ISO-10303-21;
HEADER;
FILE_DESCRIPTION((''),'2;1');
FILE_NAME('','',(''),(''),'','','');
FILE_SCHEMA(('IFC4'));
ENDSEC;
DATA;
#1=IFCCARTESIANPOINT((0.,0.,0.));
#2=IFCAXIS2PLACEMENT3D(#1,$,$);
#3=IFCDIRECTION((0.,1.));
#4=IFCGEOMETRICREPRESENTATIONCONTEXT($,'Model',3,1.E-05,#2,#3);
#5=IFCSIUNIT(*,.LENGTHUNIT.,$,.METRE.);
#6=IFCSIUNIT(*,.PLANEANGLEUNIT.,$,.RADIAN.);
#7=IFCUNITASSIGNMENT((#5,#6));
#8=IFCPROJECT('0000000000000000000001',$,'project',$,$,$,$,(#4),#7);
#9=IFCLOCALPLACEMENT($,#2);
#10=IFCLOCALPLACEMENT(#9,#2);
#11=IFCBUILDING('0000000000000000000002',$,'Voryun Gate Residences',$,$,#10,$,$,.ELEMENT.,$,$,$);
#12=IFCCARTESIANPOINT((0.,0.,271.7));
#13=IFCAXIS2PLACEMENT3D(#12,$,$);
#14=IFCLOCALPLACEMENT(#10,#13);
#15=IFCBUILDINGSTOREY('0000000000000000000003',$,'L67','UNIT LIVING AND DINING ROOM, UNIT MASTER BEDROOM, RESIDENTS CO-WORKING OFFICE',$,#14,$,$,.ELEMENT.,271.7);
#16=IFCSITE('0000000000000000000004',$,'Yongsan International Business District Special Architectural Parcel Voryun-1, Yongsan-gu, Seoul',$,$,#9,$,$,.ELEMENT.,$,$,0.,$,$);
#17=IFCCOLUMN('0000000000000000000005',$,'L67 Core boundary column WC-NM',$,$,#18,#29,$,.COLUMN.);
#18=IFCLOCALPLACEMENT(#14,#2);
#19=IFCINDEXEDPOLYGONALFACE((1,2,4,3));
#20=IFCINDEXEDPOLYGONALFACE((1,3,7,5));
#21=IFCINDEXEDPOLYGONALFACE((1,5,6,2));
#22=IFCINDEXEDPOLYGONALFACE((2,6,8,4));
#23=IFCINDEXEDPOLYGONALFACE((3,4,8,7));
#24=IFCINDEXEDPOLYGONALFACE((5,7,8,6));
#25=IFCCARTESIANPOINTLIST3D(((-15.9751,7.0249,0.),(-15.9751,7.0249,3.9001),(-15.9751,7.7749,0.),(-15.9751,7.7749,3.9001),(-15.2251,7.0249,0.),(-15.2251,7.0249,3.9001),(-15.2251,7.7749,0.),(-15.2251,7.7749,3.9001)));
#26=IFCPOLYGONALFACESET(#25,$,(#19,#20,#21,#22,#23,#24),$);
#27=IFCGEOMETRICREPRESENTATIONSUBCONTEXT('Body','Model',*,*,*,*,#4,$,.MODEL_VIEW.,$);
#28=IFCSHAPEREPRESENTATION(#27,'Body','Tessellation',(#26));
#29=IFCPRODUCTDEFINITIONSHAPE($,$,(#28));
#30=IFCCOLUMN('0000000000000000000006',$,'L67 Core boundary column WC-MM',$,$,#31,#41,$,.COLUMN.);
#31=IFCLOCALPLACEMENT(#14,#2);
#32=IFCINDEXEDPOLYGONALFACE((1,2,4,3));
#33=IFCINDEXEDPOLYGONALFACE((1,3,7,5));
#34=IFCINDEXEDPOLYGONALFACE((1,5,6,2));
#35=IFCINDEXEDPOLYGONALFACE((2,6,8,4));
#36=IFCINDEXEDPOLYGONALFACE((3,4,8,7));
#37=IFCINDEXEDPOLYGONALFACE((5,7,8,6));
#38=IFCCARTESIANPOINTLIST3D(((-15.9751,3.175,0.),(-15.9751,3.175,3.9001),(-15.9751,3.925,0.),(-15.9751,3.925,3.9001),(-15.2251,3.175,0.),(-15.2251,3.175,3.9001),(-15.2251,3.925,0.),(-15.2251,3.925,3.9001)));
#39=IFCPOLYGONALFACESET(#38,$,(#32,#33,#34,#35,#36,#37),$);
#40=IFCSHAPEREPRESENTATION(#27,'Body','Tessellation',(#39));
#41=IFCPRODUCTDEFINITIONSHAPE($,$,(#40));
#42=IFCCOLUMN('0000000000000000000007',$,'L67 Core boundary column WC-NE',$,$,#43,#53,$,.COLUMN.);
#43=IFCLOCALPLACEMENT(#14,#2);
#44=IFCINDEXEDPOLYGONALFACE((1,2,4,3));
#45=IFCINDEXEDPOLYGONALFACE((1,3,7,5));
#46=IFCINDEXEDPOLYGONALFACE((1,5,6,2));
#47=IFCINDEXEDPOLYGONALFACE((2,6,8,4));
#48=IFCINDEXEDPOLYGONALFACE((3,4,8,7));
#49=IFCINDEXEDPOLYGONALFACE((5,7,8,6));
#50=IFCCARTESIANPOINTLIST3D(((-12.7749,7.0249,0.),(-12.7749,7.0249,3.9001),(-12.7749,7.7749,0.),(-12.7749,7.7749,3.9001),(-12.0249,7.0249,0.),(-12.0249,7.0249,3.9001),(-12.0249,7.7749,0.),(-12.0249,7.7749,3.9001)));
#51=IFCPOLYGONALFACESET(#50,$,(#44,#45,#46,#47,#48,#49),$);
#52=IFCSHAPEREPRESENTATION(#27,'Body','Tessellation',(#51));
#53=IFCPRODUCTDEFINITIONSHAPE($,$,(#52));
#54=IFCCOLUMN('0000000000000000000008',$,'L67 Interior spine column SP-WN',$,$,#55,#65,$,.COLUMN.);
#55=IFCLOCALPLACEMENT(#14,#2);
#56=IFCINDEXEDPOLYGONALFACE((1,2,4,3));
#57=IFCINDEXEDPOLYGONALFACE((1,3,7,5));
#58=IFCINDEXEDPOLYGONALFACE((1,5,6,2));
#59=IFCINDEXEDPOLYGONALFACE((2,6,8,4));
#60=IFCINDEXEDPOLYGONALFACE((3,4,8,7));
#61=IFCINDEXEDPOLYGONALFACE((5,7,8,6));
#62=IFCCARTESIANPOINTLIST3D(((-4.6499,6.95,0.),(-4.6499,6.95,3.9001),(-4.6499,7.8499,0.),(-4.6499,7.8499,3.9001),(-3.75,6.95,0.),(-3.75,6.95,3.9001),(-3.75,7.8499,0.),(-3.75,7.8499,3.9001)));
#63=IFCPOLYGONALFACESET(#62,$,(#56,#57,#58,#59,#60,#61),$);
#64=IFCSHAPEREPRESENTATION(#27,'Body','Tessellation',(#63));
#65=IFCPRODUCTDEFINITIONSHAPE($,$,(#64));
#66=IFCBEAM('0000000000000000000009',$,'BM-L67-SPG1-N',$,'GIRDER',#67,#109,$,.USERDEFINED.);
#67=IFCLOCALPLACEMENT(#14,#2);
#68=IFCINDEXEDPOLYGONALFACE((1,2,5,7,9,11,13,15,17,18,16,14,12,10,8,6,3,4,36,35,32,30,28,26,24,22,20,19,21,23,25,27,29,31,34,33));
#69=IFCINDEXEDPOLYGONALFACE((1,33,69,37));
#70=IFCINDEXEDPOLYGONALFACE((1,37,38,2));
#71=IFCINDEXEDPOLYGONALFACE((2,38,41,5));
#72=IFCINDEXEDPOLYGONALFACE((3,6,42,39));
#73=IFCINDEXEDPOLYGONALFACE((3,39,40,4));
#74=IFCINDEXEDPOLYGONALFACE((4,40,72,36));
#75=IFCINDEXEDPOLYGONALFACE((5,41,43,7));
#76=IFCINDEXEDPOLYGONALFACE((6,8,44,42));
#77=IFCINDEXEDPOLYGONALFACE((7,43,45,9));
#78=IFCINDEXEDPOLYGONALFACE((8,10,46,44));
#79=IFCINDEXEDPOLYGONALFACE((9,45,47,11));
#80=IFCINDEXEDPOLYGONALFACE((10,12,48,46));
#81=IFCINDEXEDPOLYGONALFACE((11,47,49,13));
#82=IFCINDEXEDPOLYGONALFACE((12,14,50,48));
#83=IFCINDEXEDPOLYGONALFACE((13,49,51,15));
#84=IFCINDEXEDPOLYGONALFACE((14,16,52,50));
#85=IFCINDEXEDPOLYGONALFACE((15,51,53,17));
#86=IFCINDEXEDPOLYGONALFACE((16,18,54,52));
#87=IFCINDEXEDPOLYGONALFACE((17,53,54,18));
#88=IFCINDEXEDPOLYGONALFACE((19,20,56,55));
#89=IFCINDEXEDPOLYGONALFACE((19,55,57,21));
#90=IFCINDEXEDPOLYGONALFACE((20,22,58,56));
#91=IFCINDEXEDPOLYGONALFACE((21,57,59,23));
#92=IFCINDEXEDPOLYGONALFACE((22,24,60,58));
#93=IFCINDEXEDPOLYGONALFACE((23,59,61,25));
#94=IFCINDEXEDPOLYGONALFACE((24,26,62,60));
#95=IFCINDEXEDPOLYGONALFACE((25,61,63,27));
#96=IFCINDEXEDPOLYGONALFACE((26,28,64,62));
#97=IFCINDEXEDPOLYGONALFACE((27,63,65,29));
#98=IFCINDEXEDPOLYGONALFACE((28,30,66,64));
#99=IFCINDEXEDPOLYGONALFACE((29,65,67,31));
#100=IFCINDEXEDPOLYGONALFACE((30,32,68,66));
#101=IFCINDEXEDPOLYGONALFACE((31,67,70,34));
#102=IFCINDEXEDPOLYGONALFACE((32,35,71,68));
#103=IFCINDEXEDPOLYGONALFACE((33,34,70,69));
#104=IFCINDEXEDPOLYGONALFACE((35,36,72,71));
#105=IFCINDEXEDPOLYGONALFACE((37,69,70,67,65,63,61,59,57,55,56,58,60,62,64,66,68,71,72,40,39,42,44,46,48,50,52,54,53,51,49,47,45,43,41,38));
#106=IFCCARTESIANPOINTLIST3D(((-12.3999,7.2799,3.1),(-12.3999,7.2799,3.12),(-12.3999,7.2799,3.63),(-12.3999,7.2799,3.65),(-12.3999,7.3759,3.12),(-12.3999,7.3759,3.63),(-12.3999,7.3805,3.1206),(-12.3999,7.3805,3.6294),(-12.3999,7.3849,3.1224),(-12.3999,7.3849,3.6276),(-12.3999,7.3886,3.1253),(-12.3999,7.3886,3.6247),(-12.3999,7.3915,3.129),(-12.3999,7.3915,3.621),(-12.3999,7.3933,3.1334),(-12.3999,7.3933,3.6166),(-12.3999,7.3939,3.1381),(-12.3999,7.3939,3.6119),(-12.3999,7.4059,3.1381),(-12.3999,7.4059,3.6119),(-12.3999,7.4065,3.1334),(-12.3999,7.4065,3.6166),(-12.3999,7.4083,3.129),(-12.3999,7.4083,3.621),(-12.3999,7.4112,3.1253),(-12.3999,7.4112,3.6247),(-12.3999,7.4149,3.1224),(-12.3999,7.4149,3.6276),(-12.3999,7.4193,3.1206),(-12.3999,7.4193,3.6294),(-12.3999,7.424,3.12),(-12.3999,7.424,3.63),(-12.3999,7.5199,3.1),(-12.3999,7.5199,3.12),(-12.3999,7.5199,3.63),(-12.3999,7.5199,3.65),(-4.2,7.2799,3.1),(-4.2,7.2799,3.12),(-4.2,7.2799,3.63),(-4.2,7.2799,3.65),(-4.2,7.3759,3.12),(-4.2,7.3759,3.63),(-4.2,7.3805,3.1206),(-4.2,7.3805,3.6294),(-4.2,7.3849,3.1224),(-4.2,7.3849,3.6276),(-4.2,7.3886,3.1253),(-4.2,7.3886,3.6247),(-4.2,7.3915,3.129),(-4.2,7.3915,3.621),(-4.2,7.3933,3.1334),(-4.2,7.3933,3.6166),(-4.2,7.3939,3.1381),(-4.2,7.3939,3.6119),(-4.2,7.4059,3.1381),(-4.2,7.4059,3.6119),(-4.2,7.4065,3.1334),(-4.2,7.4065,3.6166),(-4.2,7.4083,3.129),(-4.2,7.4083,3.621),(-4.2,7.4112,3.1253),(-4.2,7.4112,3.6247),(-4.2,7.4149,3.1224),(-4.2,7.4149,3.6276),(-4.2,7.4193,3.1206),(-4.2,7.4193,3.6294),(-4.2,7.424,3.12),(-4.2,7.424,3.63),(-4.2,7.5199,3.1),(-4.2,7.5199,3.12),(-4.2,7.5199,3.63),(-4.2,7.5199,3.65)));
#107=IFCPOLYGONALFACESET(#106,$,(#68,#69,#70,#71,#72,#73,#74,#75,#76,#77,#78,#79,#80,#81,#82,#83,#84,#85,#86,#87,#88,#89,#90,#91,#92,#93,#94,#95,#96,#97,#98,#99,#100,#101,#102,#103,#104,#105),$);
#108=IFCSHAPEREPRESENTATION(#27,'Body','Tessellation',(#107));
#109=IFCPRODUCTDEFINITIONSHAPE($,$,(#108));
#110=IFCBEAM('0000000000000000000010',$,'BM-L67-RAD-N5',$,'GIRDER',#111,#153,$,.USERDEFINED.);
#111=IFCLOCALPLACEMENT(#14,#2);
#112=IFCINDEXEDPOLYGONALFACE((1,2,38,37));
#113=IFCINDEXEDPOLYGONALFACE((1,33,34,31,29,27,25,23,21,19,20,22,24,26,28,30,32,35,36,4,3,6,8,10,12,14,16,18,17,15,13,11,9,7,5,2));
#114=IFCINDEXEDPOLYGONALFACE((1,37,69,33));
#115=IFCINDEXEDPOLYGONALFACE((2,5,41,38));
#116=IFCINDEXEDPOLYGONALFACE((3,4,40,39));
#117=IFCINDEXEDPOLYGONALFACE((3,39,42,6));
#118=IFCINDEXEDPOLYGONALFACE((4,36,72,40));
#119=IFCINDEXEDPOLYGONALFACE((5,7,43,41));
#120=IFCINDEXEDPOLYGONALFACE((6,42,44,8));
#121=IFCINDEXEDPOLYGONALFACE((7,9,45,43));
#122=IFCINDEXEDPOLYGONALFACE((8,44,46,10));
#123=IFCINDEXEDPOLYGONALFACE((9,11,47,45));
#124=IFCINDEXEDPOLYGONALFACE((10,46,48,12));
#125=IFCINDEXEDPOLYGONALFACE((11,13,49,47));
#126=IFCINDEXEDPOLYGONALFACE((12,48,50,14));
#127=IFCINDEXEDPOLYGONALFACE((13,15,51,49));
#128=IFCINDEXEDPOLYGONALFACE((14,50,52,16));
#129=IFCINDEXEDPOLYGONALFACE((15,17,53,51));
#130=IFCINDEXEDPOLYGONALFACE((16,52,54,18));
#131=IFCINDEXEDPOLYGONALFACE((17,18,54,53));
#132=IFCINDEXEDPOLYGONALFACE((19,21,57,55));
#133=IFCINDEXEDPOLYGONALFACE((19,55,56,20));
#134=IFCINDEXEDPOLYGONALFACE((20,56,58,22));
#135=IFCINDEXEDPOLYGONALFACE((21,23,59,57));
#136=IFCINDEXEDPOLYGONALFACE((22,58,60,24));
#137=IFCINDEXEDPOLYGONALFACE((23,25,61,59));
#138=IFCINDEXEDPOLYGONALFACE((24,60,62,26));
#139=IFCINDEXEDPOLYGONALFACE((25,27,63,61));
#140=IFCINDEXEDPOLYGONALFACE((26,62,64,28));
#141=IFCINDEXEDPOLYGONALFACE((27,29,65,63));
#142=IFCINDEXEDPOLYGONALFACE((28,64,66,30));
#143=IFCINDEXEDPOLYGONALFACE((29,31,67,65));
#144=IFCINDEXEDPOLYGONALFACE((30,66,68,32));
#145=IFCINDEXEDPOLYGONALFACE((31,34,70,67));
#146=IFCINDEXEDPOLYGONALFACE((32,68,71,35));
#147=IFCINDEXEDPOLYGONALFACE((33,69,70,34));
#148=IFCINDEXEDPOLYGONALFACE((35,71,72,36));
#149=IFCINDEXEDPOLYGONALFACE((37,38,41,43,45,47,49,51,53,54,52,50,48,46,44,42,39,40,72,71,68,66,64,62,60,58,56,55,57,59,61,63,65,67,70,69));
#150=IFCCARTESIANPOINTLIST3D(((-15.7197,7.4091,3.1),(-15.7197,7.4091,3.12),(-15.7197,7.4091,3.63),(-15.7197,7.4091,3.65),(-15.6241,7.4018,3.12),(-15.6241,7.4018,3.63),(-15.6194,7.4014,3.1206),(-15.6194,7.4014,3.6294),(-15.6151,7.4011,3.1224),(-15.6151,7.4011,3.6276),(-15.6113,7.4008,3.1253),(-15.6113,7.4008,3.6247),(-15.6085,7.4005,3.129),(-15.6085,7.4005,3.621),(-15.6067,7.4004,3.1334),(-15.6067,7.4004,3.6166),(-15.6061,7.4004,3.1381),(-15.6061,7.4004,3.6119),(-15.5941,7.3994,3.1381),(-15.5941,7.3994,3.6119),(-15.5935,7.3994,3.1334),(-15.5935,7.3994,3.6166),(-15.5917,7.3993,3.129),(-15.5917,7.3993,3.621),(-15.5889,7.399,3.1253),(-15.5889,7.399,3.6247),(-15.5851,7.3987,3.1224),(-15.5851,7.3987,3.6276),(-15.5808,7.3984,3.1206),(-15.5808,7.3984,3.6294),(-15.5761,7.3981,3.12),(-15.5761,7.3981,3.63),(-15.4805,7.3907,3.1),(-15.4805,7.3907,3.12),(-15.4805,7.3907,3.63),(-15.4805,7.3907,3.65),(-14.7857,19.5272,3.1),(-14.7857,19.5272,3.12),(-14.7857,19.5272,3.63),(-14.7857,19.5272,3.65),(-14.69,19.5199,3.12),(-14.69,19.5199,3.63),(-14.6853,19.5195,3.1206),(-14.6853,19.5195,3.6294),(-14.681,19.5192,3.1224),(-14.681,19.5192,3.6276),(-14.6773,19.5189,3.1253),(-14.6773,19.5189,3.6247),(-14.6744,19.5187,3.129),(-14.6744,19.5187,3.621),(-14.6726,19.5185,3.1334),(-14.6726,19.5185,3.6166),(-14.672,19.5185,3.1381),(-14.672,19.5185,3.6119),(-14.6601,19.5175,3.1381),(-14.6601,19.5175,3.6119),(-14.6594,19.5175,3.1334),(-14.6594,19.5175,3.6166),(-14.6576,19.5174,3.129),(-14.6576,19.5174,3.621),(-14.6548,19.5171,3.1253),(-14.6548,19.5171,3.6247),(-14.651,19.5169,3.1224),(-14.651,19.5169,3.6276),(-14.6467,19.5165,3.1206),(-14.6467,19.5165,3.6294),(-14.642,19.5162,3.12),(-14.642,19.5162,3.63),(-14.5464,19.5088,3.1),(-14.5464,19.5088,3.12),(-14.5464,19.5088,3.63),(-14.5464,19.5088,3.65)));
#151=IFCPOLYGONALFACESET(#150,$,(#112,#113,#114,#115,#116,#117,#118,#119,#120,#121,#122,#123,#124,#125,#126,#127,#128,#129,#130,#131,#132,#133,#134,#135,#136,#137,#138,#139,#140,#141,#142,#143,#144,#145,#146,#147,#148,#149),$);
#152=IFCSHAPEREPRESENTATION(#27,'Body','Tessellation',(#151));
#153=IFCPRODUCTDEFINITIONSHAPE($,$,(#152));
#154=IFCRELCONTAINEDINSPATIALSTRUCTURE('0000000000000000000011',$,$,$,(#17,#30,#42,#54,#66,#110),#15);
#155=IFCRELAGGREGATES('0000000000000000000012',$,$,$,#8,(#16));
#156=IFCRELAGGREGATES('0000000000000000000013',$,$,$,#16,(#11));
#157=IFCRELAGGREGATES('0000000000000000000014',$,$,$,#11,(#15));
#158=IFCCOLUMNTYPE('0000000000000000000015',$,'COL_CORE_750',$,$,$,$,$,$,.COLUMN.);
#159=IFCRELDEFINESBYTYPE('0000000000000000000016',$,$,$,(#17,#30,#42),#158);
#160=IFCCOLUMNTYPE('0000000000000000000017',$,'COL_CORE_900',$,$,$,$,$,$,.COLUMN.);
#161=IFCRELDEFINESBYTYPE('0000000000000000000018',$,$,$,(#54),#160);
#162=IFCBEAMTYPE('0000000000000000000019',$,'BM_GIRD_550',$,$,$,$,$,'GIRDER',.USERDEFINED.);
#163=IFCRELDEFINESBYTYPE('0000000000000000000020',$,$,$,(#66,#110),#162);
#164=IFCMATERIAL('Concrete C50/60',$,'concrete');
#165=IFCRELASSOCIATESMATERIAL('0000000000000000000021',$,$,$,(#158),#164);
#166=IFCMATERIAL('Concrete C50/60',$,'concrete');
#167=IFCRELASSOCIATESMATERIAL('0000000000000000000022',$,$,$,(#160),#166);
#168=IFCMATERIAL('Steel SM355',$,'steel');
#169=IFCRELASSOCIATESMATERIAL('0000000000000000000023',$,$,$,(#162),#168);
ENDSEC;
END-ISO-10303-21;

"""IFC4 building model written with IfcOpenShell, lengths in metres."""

from ifc_helpers import new_model, si_unit, direction, frame, origin, origin_2d, place, context, subcontext, project, spatial, rectangle, i_section, extrude, material, material_profile, profile_set, type_object, element, save


model = new_model("IFC4")

# Units and contexts
model_context = context("Model", 3, precision=1e-05, world=origin(), true_north=direction((0.0, 1.0)))
body_context = subcontext(model_context, "Body", "Model", "MODEL_VIEW")
ifc_project = project(units=[si_unit("LENGTHUNIT", "METRE"), si_unit("PLANEANGLEUNIT", "RADIAN")], contexts=[model_context])

# Site, building, storey
site_placement = place(None, origin())
site = spatial("IfcSite", under=ifc_project, at=site_placement, Name="Yongsan International Business District Special Architectural Parcel Voryun-1, Yongsan-gu, Seoul", CompositionType="ELEMENT", RefElevation=0.0)
building_placement = place(site_placement, origin())
building = spatial("IfcBuilding", under=site, at=building_placement, Name="Voryun Gate Residences", CompositionType="ELEMENT")
storey_placement = place(building_placement, frame((0.0, 0.0, 271.7)))
storey = spatial("IfcBuildingStorey", under=building, at=storey_placement, Name="L67", Description="UNIT LIVING AND DINING ROOM, UNIT MASTER BEDROOM, RESIDENTS CO-WORKING OFFICE", CompositionType="ELEMENT", Elevation=271.7)

# Columns
ifc_material_1 = material(Name="Concrete C50/60", Category="concrete")
ifc_material_profile_1 = material_profile(ifc_material_1, rectangle(XDim=0.75, YDim=0.75, at=origin_2d()), Name="RC-750x750")
ifc_profile_set_1 = profile_set([ifc_material_profile_1], Name="Concrete C50/60")
column_type_1 = type_object("IfcColumnType", Name="COL_CORE_750", PredefinedType="COLUMN", material=ifc_profile_set_1)
for number, where, z_axis, x_axis, name in (
    (1, (-15.6001, 7.3999, 0.0), (0.0, 0.0, 1.0), (1.0, 0.0, 0.0), "L67 Core boundary column WC-NM"),
    (2, (-15.6001, 3.55, 0.0), (0.0, 0.0, 1.0), (1.0, 0.0, 0.0), "L67 Core boundary column WC-MM"),
    (3, (-12.3999, 7.3999, 0.0), (0.0, 0.0, 1.0), (1.0, 0.0, 0.0), "L67 Core boundary column WC-NE"),
):
    element("IfcColumn", number, at=place(storey_placement, frame(where, z_axis=z_axis, x_axis=x_axis)), inside=storey, type_object=column_type_1, Name=name, PredefinedType="COLUMN", context=body_context, shape_type="SweptSolid", body=[
        extrude(rectangle(XDim=0.75, YDim=0.75, at=origin_2d()), origin(), (0.0, 0.0, 1.0), 3.9001),
    ])
ifc_material_2 = material(Name="Concrete C50/60", Category="concrete")
ifc_material_profile_2 = material_profile(ifc_material_2, rectangle(XDim=0.8999, YDim=0.8999, at=origin_2d()), Name="RC-900x900")
ifc_profile_set_2 = profile_set([ifc_material_profile_2], Name="Concrete C50/60")
column_type_2 = type_object("IfcColumnType", Name="COL_CORE_900", PredefinedType="COLUMN", material=ifc_profile_set_2)
column_placement = place(storey_placement, frame((-4.2, 7.3999, 0.0), z_axis=(0.0, 0.0, 1.0), x_axis=(1.0, 0.0, 0.0)))
element("IfcColumn", 4, at=column_placement, inside=storey, type_object=column_type_2, Name="L67 Interior spine column SP-WN", PredefinedType="COLUMN", context=body_context, shape_type="SweptSolid", body=[
    extrude(rectangle(XDim=0.8999, YDim=0.8999, at=origin_2d()), origin(), (0.0, 0.0, 1.0), 3.9001),
])

# Beams
ifc_material_3 = material(Name="Steel SM355", Category="steel")
ifc_material_profile_3 = material_profile(ifc_material_3, i_section(OverallWidth=0.24, OverallDepth=0.55, WebThickness=0.012, FlangeThickness=0.02, FilletRadius=0.0181, at=origin_2d()), Name="H-550x240x12x20")
ifc_profile_set_3 = profile_set([ifc_material_profile_3], Name="Steel SM355")
beam_type_1 = type_object("IfcBeamType", Name="BM_GIRD_550", ElementType="GIRDER", PredefinedType="USERDEFINED", material=ifc_profile_set_3)
beam_1_placement = place(storey_placement, frame((-12.3999, 7.3999, 3.375), z_axis=(1.0, 0.0, 0.0), x_axis=(0.0, 1.0, 0.0)))
element("IfcBeam", 5, at=beam_1_placement, inside=storey, type_object=beam_type_1, Name="BM-L67-SPG1-N", ObjectType="GIRDER", PredefinedType="USERDEFINED", context=body_context, shape_type="SweptSolid", body=[
    extrude(i_section(OverallWidth=0.24, OverallDepth=0.55, WebThickness=0.012, FlangeThickness=0.02, FilletRadius=0.0181, at=origin_2d()), origin(), (0.0, 0.0, 1.0), 8.2),
])
beam_2_placement = place(storey_placement, frame((-15.6001, 7.3999, 3.375), z_axis=(0.076853, 0.997042, 0.0), x_axis=(-0.997042, 0.076853, 0.0)))
element("IfcBeam", 6, at=beam_2_placement, inside=storey, type_object=beam_type_1, Name="BM-L67-RAD-N5", ObjectType="GIRDER", PredefinedType="USERDEFINED", context=body_context, shape_type="SweptSolid", body=[
    extrude(i_section(OverallWidth=0.24, OverallDepth=0.55, WebThickness=0.012, FlangeThickness=0.02, FilletRadius=0.0181, at=origin_2d()), origin(), (0.0, 0.0, 1.0), 12.1541),
])

save(model, "model.ifc")
